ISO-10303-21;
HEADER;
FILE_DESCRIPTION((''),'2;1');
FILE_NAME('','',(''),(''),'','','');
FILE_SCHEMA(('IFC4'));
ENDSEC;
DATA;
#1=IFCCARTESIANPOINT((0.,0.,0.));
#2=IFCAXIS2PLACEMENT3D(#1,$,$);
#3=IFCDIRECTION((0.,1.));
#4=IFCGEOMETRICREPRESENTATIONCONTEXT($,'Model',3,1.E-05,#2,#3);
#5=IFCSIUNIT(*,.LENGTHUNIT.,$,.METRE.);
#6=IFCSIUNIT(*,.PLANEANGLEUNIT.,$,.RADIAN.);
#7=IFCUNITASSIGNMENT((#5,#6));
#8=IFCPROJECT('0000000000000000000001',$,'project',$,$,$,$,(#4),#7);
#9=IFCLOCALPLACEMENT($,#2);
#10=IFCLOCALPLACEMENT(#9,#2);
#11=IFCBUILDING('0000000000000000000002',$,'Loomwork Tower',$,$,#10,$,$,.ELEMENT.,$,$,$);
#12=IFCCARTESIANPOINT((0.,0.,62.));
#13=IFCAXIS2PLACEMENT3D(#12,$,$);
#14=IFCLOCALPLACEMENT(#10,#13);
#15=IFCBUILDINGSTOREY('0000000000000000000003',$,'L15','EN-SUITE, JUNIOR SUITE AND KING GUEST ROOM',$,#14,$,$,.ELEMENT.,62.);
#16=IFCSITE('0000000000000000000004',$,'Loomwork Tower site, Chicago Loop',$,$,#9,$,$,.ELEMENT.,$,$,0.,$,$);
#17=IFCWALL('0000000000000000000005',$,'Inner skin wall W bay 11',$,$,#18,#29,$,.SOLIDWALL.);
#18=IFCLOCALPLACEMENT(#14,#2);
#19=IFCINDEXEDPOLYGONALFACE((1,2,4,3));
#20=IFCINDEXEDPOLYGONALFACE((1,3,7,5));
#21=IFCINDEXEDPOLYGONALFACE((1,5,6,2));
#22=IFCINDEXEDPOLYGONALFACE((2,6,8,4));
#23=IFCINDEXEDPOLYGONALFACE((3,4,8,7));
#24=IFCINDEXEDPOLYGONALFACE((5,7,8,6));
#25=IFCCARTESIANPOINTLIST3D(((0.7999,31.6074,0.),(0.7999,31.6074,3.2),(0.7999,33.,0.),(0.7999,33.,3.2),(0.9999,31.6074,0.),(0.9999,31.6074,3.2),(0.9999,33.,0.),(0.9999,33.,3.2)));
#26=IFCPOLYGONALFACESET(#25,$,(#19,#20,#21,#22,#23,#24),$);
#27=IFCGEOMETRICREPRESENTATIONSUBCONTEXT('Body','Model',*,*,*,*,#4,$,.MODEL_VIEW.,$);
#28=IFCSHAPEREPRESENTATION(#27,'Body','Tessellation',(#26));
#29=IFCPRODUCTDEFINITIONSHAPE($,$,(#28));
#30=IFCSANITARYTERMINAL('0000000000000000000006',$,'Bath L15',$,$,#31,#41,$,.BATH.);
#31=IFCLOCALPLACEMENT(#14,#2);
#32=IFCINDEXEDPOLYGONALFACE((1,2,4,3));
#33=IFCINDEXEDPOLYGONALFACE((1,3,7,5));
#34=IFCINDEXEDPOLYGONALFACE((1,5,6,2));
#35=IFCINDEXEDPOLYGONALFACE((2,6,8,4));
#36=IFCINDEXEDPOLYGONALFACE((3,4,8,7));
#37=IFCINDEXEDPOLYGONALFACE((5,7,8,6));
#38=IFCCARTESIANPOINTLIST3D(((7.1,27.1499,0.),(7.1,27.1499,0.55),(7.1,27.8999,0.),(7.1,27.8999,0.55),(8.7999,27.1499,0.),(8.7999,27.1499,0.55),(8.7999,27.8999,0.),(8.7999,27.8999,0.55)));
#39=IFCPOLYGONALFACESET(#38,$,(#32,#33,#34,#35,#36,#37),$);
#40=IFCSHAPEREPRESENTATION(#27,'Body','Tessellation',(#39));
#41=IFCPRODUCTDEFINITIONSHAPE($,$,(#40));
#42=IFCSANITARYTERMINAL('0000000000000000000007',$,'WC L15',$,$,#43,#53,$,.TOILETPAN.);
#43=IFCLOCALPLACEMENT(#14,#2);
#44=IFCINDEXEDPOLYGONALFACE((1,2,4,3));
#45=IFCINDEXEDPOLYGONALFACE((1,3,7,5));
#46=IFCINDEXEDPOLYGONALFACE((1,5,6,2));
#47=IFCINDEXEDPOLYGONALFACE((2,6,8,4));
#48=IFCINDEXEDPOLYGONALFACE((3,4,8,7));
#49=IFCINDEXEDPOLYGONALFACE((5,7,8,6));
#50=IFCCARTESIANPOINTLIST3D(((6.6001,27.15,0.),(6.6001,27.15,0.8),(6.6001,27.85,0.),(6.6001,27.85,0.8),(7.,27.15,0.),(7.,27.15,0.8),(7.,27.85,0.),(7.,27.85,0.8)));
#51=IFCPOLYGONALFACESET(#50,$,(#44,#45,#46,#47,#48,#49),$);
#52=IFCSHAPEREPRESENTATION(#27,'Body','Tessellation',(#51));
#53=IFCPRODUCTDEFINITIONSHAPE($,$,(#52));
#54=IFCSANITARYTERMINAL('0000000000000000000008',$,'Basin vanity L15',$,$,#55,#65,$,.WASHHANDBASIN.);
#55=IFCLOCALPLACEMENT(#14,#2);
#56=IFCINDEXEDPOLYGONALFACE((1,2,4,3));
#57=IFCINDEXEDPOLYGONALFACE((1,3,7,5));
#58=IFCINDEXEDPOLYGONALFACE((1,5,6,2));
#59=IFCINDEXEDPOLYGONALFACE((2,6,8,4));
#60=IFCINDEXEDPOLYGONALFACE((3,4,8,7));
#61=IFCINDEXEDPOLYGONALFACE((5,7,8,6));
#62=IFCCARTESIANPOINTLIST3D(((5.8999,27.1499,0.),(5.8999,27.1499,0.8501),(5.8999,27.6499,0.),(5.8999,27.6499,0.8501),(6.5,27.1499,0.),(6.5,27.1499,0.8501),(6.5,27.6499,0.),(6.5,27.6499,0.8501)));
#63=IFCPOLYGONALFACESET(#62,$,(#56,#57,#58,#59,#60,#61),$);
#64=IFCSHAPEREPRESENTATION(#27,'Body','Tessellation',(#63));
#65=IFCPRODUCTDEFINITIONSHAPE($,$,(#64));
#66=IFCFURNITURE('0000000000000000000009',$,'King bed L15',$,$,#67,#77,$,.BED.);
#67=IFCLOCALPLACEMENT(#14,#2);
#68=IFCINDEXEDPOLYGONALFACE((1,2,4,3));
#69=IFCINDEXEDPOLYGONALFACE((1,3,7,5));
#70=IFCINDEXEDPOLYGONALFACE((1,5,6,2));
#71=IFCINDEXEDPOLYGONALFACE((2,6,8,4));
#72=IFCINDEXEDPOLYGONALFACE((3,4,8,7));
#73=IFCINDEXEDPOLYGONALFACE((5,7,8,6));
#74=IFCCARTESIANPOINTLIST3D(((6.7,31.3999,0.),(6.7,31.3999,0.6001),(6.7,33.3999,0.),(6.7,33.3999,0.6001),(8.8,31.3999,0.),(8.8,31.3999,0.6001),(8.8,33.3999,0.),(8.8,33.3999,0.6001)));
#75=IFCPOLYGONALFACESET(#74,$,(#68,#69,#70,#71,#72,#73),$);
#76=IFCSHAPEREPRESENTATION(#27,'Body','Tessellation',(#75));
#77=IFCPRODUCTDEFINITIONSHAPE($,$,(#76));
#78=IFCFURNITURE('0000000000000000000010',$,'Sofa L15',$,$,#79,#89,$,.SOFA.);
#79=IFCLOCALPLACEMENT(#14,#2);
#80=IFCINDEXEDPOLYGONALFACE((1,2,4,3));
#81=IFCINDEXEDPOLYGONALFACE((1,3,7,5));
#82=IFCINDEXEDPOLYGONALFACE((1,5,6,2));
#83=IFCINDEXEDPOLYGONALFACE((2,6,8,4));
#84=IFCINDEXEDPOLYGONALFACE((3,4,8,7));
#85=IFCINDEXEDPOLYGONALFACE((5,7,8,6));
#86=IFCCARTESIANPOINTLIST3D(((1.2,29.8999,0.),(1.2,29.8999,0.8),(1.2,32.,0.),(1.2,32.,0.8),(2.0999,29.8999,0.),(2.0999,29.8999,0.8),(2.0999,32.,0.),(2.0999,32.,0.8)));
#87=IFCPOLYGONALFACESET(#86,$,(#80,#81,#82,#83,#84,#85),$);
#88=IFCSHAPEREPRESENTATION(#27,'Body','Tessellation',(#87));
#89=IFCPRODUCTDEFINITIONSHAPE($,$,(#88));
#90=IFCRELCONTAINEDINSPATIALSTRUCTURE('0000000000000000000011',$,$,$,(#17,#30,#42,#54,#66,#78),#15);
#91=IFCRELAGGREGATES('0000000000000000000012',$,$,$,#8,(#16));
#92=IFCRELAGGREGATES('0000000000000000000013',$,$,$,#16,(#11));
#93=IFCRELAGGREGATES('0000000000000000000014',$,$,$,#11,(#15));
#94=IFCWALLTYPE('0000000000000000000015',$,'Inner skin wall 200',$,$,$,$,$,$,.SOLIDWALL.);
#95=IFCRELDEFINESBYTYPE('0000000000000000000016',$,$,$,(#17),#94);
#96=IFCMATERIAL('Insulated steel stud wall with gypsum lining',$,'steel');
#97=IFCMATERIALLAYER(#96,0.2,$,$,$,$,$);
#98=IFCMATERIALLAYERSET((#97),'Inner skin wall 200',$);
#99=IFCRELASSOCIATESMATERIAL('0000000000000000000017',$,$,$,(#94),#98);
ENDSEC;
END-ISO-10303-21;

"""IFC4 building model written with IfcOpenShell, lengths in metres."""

from ifc_helpers import new_model, si_unit, direction, frame, frame_2d, origin, origin_2d, place, context, subcontext, project, spatial, rectangle, extrude, material, layer, layer_set, type_object, element, save


model = new_model("IFC4")

# Units and contexts
model_context = context("Model", 3, precision=1e-05, world=origin(), true_north=direction((0.0, 1.0)))
body_context = subcontext(model_context, "Body", "Model", "MODEL_VIEW")
ifc_project = project(units=[si_unit("LENGTHUNIT", "METRE"), si_unit("PLANEANGLEUNIT", "RADIAN")], contexts=[model_context])

# Site, building, storey
site_placement = place(None, origin())
site = spatial("IfcSite", under=ifc_project, at=site_placement, Name="Loomwork Tower site, Chicago Loop", CompositionType="ELEMENT", RefElevation=0.0)
building_placement = place(site_placement, origin())
building = spatial("IfcBuilding", under=site, at=building_placement, Name="Loomwork Tower", CompositionType="ELEMENT")
storey_placement = place(building_placement, frame((0.0, 0.0, 62.0)))
storey = spatial("IfcBuildingStorey", under=building, at=storey_placement, Name="L15", Description="EN-SUITE, JUNIOR SUITE AND KING GUEST ROOM", CompositionType="ELEMENT", Elevation=62.0)

# Wall
ifc_material_1 = material(Name="Insulated steel stud wall with gypsum lining", Category="steel")
ifc_layer_1 = layer(ifc_material_1, 0.2)
ifc_layer_set_1 = layer_set([ifc_layer_1], Name="Inner skin wall 200")
wall_type_1 = type_object("IfcWallType", Name="Inner skin wall 200", PredefinedType="SOLIDWALL", material=ifc_layer_set_1)
wall_1_placement = place(storey_placement, frame((0.8999, 31.6074, 0.0), z_axis=(0.0, 0.0, 1.0), x_axis=(0.0, 1.0, 0.0)))
element("IfcWall", 1, at=wall_1_placement, inside=storey, type_object=wall_type_1, Name="Inner skin wall W bay 11", PredefinedType="SOLIDWALL", context=body_context, shape_type="SweptSolid", body=[
    extrude(rectangle(XDim=1.3926, YDim=0.2, at=frame_2d((0.6963, 0.0))), origin(), (0.0, 0.0, 1.0), 3.2),
])

# Sanitary terminals
sanitary_terminal_1_placement = place(storey_placement, frame((7.95, 27.5249, 0.0), z_axis=(0.0, 0.0, 1.0), x_axis=(1.0, 0.0, 0.0)))
element("IfcSanitaryTerminal", 2, at=sanitary_terminal_1_placement, inside=storey, Name="Bath L15", PredefinedType="BATH", context=body_context, shape_type="SweptSolid", body=[
    extrude(rectangle(XDim=1.7, YDim=0.75, at=origin_2d()), origin(), (0.0, 0.0, 1.0), 0.55),
])
sanitary_terminal_2_placement = place(storey_placement, frame((6.8, 27.5, 0.0), z_axis=(0.0, 0.0, 1.0), x_axis=(1.0, 0.0, 0.0)))
element("IfcSanitaryTerminal", 3, at=sanitary_terminal_2_placement, inside=storey, Name="WC L15", PredefinedType="TOILETPAN", context=body_context, shape_type="SweptSolid", body=[
    extrude(rectangle(XDim=0.3999, YDim=0.7, at=origin_2d()), origin(), (0.0, 0.0, 1.0), 0.8),
])
sanitary_terminal_3_placement = place(storey_placement, frame((6.2, 27.3999, 0.0), z_axis=(0.0, 0.0, 1.0), x_axis=(1.0, 0.0, 0.0)))
element("IfcSanitaryTerminal", 4, at=sanitary_terminal_3_placement, inside=storey, Name="Basin vanity L15", PredefinedType="WASHHANDBASIN", context=body_context, shape_type="SweptSolid", body=[
    extrude(rectangle(XDim=0.6001, YDim=0.5, at=origin_2d()), origin(), (0.0, 0.0, 1.0), 0.8501),
])

# Furniture
furniture_1_placement = place(storey_placement, frame((7.75, 32.3999, 0.0), z_axis=(0.0, 0.0, 1.0), x_axis=(1.0, 0.0, 0.0)))
element("IfcFurniture", 5, at=furniture_1_placement, inside=storey, Name="King bed L15", PredefinedType="BED", context=body_context, shape_type="SweptSolid", body=[
    extrude(rectangle(XDim=2.1001, YDim=2.0, at=origin_2d()), origin(), (0.0, 0.0, 1.0), 0.6001),
])
furniture_2_placement = place(storey_placement, frame((1.6499, 30.95, 0.0), z_axis=(0.0, 0.0, 1.0), x_axis=(1.0, 0.0, 0.0)))
element("IfcFurniture", 6, at=furniture_2_placement, inside=storey, Name="Sofa L15", PredefinedType="SOFA", context=body_context, shape_type="SweptSolid", body=[
    extrude(rectangle(XDim=0.8999, YDim=2.1001, at=origin_2d()), origin(), (0.0, 0.0, 1.0), 0.8),
])

save(model, "model.ifc")
